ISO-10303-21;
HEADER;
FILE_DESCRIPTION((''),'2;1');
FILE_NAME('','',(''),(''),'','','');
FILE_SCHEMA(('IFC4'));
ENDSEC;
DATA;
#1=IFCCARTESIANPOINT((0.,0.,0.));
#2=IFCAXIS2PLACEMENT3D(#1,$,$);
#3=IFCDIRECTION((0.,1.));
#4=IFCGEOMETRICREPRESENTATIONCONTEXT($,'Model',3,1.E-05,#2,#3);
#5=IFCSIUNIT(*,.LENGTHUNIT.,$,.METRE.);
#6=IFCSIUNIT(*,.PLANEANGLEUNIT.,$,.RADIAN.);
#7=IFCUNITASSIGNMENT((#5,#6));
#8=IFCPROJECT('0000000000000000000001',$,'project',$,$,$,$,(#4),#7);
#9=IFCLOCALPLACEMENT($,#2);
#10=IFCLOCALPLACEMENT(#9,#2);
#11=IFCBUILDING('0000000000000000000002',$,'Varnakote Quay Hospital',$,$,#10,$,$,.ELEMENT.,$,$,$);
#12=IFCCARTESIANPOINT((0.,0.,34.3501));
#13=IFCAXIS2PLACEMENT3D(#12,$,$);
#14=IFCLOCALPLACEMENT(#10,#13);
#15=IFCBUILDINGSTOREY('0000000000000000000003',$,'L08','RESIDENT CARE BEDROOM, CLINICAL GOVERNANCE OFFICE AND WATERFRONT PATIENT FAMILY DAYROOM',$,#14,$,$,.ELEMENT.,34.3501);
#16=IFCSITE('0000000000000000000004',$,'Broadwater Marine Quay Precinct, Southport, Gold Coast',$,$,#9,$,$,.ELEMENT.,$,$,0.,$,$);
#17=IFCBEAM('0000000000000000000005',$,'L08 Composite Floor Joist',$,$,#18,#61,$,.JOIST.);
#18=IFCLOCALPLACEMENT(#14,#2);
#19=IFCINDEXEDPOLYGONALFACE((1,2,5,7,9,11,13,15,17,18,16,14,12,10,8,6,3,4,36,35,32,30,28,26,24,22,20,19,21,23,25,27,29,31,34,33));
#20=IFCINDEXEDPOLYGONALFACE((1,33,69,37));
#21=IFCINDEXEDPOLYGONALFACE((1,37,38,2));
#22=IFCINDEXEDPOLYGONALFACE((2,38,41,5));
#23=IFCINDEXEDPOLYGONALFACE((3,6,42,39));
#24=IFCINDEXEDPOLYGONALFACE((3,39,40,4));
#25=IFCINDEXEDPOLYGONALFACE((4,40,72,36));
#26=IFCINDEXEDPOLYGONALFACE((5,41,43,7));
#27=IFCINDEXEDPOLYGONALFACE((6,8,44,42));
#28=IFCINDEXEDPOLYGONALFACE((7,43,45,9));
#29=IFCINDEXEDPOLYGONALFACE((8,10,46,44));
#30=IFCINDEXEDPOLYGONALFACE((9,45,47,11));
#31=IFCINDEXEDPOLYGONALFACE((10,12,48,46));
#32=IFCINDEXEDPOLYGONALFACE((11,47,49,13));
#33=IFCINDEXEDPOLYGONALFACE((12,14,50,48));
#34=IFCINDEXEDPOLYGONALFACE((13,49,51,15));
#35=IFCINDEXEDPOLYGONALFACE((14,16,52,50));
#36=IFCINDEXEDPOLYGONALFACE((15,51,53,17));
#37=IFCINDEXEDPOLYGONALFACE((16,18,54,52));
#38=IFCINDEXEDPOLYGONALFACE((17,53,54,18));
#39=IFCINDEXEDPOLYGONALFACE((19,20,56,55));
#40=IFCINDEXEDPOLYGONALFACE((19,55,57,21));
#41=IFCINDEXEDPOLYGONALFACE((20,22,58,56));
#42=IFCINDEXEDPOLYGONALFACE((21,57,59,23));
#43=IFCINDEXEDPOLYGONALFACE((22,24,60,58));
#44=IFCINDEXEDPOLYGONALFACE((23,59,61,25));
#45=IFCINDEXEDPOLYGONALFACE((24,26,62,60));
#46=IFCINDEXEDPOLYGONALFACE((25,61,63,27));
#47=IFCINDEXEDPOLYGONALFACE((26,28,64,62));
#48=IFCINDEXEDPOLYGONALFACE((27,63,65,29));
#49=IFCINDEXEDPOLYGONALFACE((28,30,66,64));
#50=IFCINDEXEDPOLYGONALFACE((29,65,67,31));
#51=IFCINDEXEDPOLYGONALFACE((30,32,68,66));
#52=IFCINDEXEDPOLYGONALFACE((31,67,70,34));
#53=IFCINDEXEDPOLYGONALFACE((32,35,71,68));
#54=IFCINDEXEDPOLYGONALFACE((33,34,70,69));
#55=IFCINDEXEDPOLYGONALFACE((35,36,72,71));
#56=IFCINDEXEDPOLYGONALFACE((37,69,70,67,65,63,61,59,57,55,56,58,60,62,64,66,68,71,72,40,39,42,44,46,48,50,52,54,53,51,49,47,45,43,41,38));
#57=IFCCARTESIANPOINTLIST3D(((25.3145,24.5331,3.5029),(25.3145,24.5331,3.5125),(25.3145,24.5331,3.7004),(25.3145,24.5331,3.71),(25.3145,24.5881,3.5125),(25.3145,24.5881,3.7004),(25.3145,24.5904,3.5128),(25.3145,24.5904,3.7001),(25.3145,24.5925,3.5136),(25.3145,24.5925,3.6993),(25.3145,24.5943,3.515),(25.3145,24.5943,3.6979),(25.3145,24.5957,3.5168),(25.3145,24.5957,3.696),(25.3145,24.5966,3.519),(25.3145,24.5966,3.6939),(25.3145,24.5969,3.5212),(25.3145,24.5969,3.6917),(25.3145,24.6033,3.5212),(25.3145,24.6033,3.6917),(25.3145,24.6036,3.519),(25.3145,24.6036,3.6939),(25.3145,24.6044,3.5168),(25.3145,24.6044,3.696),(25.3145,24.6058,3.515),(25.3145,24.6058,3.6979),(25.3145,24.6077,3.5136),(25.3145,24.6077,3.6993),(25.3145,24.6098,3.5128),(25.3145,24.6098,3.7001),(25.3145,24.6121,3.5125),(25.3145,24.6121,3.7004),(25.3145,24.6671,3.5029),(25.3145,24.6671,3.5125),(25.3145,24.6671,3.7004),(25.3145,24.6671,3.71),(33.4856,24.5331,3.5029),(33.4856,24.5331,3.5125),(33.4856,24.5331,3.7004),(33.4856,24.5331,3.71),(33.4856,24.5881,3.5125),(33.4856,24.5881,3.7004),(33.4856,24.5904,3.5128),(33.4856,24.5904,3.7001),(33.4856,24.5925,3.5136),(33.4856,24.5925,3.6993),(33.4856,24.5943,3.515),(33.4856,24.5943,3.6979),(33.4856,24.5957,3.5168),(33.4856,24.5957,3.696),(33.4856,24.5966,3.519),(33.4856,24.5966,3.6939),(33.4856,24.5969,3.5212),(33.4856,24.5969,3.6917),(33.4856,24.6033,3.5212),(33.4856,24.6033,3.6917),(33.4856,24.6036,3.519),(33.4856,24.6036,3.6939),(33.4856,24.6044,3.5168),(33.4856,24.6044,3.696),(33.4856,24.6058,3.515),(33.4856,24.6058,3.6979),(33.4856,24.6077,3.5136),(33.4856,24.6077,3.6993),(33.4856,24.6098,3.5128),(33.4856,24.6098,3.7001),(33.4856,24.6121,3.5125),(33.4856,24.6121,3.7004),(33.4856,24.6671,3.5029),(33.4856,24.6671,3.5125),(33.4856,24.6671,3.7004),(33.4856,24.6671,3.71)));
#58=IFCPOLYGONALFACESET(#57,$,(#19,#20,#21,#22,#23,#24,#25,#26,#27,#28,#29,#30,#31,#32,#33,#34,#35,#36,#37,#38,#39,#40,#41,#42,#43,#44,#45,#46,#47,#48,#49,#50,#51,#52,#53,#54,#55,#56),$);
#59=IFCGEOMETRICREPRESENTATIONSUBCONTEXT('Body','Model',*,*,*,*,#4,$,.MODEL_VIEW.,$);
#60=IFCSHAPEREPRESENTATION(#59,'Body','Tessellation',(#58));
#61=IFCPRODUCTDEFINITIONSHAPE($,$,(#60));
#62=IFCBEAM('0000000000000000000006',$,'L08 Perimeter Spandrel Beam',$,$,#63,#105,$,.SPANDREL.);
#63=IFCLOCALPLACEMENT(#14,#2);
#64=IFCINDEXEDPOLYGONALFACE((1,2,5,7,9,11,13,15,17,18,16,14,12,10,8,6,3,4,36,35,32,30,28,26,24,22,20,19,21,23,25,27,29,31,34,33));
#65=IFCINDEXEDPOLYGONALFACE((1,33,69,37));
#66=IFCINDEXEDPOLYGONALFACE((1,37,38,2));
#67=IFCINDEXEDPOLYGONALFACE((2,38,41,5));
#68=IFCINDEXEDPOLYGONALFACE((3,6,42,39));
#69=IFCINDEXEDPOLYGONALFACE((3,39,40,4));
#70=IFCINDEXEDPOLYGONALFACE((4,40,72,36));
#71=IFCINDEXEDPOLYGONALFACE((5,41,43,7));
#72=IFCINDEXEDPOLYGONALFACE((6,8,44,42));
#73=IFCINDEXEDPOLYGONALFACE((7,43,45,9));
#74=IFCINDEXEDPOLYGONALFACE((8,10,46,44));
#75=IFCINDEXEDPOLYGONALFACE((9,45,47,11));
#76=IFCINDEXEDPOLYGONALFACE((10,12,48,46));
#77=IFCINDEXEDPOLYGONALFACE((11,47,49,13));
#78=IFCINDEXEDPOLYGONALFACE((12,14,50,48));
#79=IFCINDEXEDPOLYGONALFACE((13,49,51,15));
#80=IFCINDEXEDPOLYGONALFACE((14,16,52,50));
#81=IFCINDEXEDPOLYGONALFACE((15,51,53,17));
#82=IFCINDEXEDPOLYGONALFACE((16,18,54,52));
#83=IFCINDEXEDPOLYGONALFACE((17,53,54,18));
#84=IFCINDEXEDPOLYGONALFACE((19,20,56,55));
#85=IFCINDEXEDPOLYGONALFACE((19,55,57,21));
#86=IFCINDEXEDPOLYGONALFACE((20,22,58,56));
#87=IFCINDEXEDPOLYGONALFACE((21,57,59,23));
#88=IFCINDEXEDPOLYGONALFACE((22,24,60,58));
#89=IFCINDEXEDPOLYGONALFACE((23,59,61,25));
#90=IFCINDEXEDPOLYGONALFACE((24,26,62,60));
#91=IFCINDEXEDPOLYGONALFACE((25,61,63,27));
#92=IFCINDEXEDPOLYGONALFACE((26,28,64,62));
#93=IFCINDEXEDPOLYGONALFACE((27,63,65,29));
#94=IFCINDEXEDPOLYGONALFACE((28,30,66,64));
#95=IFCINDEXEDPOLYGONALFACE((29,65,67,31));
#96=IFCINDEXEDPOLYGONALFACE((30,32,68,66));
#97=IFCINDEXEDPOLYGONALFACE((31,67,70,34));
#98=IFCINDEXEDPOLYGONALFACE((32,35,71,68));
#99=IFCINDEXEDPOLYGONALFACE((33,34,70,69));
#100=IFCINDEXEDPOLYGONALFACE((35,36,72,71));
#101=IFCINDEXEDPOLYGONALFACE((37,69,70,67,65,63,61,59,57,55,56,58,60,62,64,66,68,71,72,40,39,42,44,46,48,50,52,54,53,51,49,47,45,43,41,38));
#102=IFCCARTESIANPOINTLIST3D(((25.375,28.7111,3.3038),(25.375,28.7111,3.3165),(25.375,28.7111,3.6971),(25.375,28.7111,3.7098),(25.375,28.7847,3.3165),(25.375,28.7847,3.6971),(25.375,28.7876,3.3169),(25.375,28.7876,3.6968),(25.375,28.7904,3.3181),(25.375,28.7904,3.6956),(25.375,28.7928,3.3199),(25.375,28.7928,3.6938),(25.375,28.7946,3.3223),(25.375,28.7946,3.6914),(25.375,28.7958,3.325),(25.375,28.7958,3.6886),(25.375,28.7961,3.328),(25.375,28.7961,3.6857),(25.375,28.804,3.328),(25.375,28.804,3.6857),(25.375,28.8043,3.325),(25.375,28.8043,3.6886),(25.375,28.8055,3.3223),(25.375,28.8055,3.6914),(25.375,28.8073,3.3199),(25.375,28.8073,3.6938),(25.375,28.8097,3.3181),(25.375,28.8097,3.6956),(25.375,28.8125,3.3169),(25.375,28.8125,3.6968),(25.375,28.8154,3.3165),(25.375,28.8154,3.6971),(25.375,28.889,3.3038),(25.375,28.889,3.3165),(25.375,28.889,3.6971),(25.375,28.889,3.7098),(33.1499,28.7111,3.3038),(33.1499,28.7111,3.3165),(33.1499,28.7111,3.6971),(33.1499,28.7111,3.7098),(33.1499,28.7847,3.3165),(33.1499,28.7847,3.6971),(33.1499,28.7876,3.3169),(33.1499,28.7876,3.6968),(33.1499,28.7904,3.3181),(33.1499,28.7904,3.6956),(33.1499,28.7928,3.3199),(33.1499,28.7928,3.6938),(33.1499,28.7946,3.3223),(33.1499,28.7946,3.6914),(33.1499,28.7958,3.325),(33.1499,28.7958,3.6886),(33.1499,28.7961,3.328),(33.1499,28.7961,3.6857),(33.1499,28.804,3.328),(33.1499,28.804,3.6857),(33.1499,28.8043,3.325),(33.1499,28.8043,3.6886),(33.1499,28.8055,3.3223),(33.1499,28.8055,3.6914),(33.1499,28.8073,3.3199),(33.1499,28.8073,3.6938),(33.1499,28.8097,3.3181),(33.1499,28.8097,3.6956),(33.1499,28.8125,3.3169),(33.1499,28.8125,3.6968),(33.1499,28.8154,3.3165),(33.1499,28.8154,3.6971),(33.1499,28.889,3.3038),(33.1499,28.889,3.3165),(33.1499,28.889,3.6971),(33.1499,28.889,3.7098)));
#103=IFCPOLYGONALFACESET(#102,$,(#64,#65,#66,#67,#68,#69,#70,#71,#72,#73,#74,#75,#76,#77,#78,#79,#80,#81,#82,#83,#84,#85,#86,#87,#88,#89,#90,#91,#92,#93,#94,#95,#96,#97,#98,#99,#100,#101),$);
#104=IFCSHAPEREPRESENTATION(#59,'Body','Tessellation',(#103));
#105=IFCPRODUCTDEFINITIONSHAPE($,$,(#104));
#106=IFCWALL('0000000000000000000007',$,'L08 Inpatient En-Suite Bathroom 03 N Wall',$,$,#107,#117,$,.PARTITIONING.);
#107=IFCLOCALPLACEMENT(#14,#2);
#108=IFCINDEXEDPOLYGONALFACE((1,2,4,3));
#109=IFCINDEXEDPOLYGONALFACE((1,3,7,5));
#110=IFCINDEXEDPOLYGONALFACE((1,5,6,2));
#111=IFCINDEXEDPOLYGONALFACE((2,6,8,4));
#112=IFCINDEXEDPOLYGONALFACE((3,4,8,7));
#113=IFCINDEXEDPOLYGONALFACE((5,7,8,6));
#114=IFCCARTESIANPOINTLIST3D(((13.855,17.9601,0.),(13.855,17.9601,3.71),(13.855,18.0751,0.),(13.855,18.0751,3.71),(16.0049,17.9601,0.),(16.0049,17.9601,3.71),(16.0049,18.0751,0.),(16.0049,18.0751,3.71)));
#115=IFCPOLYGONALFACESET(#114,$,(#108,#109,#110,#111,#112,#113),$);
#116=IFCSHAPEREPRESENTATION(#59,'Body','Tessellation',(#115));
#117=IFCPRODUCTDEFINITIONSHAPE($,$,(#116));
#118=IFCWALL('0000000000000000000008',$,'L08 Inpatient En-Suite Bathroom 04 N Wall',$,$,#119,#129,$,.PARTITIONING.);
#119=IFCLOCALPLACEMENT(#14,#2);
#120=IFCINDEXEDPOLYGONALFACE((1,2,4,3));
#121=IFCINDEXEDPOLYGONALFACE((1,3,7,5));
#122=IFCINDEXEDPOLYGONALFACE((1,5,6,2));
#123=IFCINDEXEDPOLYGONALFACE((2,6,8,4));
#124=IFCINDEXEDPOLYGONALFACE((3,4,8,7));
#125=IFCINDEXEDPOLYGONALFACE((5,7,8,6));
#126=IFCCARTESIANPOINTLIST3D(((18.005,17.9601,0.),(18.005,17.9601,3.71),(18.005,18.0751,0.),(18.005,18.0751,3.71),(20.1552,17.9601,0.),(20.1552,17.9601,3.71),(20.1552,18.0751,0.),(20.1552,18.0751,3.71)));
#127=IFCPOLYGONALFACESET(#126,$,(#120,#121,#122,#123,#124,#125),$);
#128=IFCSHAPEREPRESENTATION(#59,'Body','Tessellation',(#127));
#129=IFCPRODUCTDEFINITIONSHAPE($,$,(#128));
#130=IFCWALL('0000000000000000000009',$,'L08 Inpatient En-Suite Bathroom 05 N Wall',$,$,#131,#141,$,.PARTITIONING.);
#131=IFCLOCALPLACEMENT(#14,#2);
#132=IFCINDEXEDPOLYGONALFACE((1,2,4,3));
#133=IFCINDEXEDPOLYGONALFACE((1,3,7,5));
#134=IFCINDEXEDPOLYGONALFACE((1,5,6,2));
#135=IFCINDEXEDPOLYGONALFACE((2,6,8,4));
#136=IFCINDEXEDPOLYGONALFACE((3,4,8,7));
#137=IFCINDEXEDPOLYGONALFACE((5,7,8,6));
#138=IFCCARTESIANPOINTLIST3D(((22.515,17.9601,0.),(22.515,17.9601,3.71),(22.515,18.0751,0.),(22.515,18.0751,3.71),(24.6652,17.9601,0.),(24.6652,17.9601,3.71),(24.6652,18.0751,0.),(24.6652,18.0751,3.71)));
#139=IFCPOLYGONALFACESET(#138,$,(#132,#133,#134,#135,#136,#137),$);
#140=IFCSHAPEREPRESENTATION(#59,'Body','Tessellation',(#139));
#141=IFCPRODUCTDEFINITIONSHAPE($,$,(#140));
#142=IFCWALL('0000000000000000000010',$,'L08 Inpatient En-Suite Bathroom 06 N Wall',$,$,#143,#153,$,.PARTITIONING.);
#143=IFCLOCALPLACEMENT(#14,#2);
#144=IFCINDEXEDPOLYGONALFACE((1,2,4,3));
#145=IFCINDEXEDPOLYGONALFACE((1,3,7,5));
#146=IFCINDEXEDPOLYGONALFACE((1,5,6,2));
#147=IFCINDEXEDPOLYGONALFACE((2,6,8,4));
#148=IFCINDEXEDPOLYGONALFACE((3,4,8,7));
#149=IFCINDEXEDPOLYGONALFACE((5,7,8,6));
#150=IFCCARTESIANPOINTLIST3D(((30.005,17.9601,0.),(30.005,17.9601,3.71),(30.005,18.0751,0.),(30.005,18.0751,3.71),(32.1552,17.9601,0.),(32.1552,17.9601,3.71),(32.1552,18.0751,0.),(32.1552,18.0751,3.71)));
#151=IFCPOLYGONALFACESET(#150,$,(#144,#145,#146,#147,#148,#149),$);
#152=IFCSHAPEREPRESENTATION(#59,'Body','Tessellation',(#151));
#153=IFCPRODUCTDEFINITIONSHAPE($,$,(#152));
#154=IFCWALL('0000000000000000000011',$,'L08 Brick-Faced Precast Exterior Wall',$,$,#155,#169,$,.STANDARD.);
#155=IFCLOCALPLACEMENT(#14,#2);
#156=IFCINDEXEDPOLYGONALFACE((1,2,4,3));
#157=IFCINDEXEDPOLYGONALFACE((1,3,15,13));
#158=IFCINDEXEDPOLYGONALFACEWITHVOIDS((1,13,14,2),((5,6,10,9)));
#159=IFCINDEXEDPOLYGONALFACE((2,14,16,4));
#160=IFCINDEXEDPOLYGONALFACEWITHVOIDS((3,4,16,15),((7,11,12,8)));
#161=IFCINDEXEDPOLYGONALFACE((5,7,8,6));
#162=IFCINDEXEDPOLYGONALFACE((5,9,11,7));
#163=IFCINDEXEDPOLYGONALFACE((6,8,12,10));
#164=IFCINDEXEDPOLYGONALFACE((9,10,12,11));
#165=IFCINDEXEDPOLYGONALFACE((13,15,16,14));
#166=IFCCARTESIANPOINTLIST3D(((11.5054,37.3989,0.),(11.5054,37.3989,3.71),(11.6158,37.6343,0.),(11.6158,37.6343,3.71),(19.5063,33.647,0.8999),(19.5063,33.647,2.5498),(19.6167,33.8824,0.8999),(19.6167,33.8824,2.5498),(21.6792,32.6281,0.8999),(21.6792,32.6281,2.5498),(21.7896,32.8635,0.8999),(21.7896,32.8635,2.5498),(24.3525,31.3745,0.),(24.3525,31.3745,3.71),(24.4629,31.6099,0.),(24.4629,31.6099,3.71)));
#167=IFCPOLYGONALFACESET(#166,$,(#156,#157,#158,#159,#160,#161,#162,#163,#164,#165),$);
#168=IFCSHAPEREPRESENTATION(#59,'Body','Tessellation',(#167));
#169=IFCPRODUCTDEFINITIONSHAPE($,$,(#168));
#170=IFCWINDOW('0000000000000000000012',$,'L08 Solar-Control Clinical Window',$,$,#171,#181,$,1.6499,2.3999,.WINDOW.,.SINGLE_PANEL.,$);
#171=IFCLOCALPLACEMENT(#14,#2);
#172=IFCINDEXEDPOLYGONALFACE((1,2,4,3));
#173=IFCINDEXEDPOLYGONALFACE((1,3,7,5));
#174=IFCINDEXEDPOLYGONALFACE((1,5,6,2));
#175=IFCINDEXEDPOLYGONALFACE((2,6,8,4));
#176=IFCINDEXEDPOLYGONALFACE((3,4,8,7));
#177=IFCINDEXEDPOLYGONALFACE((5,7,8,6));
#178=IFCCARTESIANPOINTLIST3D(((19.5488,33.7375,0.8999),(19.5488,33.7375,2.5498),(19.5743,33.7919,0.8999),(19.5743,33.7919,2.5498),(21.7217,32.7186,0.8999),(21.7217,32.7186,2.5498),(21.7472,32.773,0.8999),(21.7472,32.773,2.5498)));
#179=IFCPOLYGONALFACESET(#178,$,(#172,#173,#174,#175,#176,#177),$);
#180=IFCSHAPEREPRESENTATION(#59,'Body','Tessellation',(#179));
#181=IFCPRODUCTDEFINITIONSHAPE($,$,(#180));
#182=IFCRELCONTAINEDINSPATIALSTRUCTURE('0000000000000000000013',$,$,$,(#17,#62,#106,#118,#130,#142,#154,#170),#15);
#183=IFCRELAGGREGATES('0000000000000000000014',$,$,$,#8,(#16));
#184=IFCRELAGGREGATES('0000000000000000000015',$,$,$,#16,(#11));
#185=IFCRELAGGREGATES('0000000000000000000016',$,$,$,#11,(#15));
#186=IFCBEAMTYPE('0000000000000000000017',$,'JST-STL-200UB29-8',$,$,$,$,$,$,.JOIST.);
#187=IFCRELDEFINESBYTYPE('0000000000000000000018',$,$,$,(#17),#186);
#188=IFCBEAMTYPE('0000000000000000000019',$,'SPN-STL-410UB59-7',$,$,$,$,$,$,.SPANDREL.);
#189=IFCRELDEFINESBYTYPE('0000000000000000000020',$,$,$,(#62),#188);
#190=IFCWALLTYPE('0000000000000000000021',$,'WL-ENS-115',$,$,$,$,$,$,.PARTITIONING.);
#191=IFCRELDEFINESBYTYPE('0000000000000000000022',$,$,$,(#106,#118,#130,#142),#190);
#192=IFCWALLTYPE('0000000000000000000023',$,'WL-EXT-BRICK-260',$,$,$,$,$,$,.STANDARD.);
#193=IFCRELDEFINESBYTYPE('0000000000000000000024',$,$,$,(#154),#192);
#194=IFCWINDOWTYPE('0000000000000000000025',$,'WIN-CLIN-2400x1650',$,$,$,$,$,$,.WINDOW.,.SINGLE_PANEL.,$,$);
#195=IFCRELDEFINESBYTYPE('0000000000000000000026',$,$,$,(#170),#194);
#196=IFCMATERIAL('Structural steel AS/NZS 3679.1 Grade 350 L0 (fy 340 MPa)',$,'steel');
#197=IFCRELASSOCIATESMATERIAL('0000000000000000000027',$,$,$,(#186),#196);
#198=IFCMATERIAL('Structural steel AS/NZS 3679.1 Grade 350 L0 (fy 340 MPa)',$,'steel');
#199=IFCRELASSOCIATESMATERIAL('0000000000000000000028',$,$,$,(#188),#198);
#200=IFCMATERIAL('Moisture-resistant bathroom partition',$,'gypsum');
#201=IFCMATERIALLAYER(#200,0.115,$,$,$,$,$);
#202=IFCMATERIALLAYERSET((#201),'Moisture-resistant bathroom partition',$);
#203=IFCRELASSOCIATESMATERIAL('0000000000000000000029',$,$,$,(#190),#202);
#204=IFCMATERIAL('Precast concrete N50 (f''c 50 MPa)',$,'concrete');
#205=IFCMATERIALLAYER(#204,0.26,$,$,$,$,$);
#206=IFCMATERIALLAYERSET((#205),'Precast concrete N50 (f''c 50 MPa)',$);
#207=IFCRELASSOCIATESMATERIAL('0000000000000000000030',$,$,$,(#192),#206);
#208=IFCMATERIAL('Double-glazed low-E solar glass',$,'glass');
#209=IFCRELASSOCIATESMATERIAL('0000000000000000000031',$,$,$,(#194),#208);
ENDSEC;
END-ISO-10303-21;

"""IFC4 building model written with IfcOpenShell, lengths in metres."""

from ifc_helpers import new_model, si_unit, direction, frame, frame_2d, origin, origin_2d, place, context, subcontext, project, spatial, rectangle, i_section, extrude, material, layer, layer_set, material_profile, profile_set, type_object, element, fill, save


model = new_model("IFC4")

# Units and contexts
model_context = context("Model", 3, precision=1e-05, world=origin(), true_north=direction((0.0, 1.0)))
body_context = subcontext(model_context, "Body", "Model", "MODEL_VIEW")
ifc_project = project(units=[si_unit("LENGTHUNIT", "METRE"), si_unit("PLANEANGLEUNIT", "RADIAN")], contexts=[model_context])

# Site, building, storey
site_placement = place(None, origin())
site = spatial("IfcSite", under=ifc_project, at=site_placement, Name="Broadwater Marine Quay Precinct, Southport, Gold Coast", CompositionType="ELEMENT", RefElevation=0.0)
building_placement = place(site_placement, origin())
building = spatial("IfcBuilding", under=site, at=building_placement, Name="Varnakote Quay Hospital", CompositionType="ELEMENT")
storey_placement = place(building_placement, frame((0.0, 0.0, 34.3501)))
storey = spatial("IfcBuildingStorey", under=building, at=storey_placement, Name="L08", Description="RESIDENT CARE BEDROOM, CLINICAL GOVERNANCE OFFICE AND WATERFRONT PATIENT FAMILY DAYROOM", CompositionType="ELEMENT", Elevation=34.3501)

# Beams
ifc_material_1 = material(Name="Structural steel AS/NZS 3679.1 Grade 350 L0 (fy 340 MPa)", Category="steel")
ifc_material_profile_1 = material_profile(ifc_material_1, i_section(OverallWidth=0.134, OverallDepth=0.207, WebThickness=0.0063, FlangeThickness=0.0095, FilletRadius=0.0088, at=origin_2d()), Name="200UB29.8")
ifc_profile_set_1 = profile_set([ifc_material_profile_1], Name="Structural steel AS/NZS 3679.1 Grade 350 L0 (fy 340 MPa)")
beam_type_1 = type_object("IfcBeamType", Name="JST-STL-200UB29-8", PredefinedType="JOIST", material=ifc_profile_set_1)
beam_1_placement = place(storey_placement, frame((25.3145, 24.6001, 3.6064), z_axis=(1.0, 0.0, 0.0), x_axis=(0.0, 1.0, 0.0)))
element("IfcBeam", 1, at=beam_1_placement, inside=storey, type_object=beam_type_1, Name="L08 Composite Floor Joist", PredefinedType="JOIST", context=body_context, shape_type="SweptSolid", body=[
    extrude(i_section(OverallWidth=0.134, OverallDepth=0.207, WebThickness=0.0063, FlangeThickness=0.0095, FilletRadius=0.0088, at=origin_2d()), origin(), (0.0, 0.0, 1.0), 8.1711),
])
ifc_material_2 = material(Name="Structural steel AS/NZS 3679.1 Grade 350 L0 (fy 340 MPa)", Category="steel")
ifc_material_profile_2 = material_profile(ifc_material_2, i_section(OverallWidth=0.178, OverallDepth=0.406, WebThickness=0.0078, FlangeThickness=0.0127, FilletRadius=0.0115, at=origin_2d()), Name="410UB59.7")
ifc_profile_set_2 = profile_set([ifc_material_profile_2], Name="Structural steel AS/NZS 3679.1 Grade 350 L0 (fy 340 MPa)")
beam_type_2 = type_object("IfcBeamType", Name="SPN-STL-410UB59-7", PredefinedType="SPANDREL", material=ifc_profile_set_2)
beam_2_placement = place(storey_placement, frame((25.375, 28.8, 3.5068), z_axis=(1.0, 0.0, 0.0), x_axis=(0.0, 1.0, 0.0)))
element("IfcBeam", 2, at=beam_2_placement, inside=storey, type_object=beam_type_2, Name="L08 Perimeter Spandrel Beam", PredefinedType="SPANDREL", context=body_context, shape_type="SweptSolid", body=[
    extrude(i_section(OverallWidth=0.178, OverallDepth=0.406, WebThickness=0.0078, FlangeThickness=0.0127, FilletRadius=0.0115, at=origin_2d()), origin(), (0.0, 0.0, 1.0), 7.7749),
])

# Walls
ifc_material_3 = material(Name="Moisture-resistant bathroom partition", Category="gypsum")
ifc_layer_1 = layer(ifc_material_3, 0.115)
ifc_layer_set_1 = layer_set([ifc_layer_1], Name="Moisture-resistant bathroom partition")
wall_type_1 = type_object("IfcWallType", Name="WL-ENS-115", PredefinedType="PARTITIONING", material=ifc_layer_set_1)
wall_1_placement = place(storey_placement, frame((13.855, 18.0176, 0.0), z_axis=(0.0, 0.0, 1.0), x_axis=(1.0, 0.0, 0.0)))
element("IfcWall", 3, at=wall_1_placement, inside=storey, type_object=wall_type_1, Name="L08 Inpatient En-Suite Bathroom 03 N Wall", PredefinedType="PARTITIONING", context=body_context, shape_type="SweptSolid", body=[
    extrude(rectangle(XDim=2.1499, YDim=0.115, at=frame_2d((1.075, 0.0))), origin(), (0.0, 0.0, 1.0), 3.71),
])
for number, where, z_axis, x_axis, name in (
    (4, (18.0049, 18.0176, 0.0), (0.0, 0.0, 1.0), (1.0, 0.0, 0.0), "L08 Inpatient En-Suite Bathroom 04 N Wall"),
    (5, (22.5149, 18.0176, 0.0), (0.0, 0.0, 1.0), (1.0, 0.0, 0.0), "L08 Inpatient En-Suite Bathroom 05 N Wall"),
    (6, (30.0049, 18.0176, 0.0), (0.0, 0.0, 1.0), (1.0, 0.0, 0.0), "L08 Inpatient En-Suite Bathroom 06 N Wall"),
):
    element("IfcWall", number, at=place(storey_placement, frame(where, z_axis=z_axis, x_axis=x_axis)), inside=storey, type_object=wall_type_1, Name=name, PredefinedType="PARTITIONING", context=body_context, shape_type="SweptSolid", body=[
        extrude(rectangle(XDim=2.1501, YDim=0.115, at=frame_2d((1.0752, 0.0))), origin(), (0.0, 0.0, 1.0), 3.71),
    ])

# Wall, opening, window
ifc_material_4 = material(Name="Precast concrete N50 (f'c 50 MPa)", Category="concrete")
ifc_layer_2 = layer(ifc_material_4, 0.26)
ifc_layer_set_2 = layer_set([ifc_layer_2], Name="Precast concrete N50 (f'c 50 MPa)")
wall_type_2 = type_object("IfcWallType", Name="WL-EXT-BRICK-260", PredefinedType="STANDARD", material=ifc_layer_set_2)
wall_2_placement = place(storey_placement, frame((24.4077, 31.4922, 0.0), z_axis=(0.0, 0.0, 1.0), x_axis=(-0.905397, 0.424567, 0.0)))
wall_2 = element("IfcWall", 7, at=wall_2_placement, inside=storey, type_object=wall_type_2, Name="L08 Brick-Faced Precast Exterior Wall", PredefinedType="STANDARD", context=body_context, shape_type="SweptSolid", body=[
    extrude(rectangle(XDim=14.1895, YDim=0.26, at=frame_2d((7.0947, 0.0))), origin(), (0.0, 0.0, 1.0), 3.71),
])
opening_1_placement = place(wall_2_placement, frame((2.9526, 0.0, 0.8999)))
opening_1 = element("IfcOpeningElement", 8, at=opening_1_placement, cuts=wall_2, PredefinedType="OPENING", context=body_context, shape_type="SweptSolid", body=[
    extrude(rectangle(XDim=2.3999, YDim=1.6499, at=frame_2d((1.2, 0.825))), frame((0.0, 0.1399, 0.0), z_axis=(0.0, -1.0, 0.0), x_axis=(1.0, 0.0, 0.0)), (0.0, 0.0, 1.0), 0.28),
])
ifc_material_5 = material(Name="Double-glazed low-E solar glass", Category="glass")
window_type = type_object("IfcWindowType", Name="WIN-CLIN-2400x1650", PartitioningType="SINGLE_PANEL", PredefinedType="WINDOW", material=ifc_material_5)
window_1_placement = place(opening_1_placement, origin())
window_1 = element("IfcWindow", 9, at=window_1_placement, inside=storey, type_object=window_type, Name="L08 Solar-Control Clinical Window", OverallHeight=1.6499, OverallWidth=2.3999, PartitioningType="SINGLE_PANEL", PredefinedType="WINDOW", context=body_context, shape_type="SweptSolid", body=[
    extrude(rectangle(XDim=2.3999, YDim=1.6499, at=frame_2d((1.2, 0.825))), frame((0.0, 0.03, 0.0), z_axis=(0.0, -1.0, 0.0), x_axis=(1.0, 0.0, 0.0)), (0.0, 0.0, 1.0), 0.0601),
])
fill(opening_1, window_1)

save(model, "model.ifc")
